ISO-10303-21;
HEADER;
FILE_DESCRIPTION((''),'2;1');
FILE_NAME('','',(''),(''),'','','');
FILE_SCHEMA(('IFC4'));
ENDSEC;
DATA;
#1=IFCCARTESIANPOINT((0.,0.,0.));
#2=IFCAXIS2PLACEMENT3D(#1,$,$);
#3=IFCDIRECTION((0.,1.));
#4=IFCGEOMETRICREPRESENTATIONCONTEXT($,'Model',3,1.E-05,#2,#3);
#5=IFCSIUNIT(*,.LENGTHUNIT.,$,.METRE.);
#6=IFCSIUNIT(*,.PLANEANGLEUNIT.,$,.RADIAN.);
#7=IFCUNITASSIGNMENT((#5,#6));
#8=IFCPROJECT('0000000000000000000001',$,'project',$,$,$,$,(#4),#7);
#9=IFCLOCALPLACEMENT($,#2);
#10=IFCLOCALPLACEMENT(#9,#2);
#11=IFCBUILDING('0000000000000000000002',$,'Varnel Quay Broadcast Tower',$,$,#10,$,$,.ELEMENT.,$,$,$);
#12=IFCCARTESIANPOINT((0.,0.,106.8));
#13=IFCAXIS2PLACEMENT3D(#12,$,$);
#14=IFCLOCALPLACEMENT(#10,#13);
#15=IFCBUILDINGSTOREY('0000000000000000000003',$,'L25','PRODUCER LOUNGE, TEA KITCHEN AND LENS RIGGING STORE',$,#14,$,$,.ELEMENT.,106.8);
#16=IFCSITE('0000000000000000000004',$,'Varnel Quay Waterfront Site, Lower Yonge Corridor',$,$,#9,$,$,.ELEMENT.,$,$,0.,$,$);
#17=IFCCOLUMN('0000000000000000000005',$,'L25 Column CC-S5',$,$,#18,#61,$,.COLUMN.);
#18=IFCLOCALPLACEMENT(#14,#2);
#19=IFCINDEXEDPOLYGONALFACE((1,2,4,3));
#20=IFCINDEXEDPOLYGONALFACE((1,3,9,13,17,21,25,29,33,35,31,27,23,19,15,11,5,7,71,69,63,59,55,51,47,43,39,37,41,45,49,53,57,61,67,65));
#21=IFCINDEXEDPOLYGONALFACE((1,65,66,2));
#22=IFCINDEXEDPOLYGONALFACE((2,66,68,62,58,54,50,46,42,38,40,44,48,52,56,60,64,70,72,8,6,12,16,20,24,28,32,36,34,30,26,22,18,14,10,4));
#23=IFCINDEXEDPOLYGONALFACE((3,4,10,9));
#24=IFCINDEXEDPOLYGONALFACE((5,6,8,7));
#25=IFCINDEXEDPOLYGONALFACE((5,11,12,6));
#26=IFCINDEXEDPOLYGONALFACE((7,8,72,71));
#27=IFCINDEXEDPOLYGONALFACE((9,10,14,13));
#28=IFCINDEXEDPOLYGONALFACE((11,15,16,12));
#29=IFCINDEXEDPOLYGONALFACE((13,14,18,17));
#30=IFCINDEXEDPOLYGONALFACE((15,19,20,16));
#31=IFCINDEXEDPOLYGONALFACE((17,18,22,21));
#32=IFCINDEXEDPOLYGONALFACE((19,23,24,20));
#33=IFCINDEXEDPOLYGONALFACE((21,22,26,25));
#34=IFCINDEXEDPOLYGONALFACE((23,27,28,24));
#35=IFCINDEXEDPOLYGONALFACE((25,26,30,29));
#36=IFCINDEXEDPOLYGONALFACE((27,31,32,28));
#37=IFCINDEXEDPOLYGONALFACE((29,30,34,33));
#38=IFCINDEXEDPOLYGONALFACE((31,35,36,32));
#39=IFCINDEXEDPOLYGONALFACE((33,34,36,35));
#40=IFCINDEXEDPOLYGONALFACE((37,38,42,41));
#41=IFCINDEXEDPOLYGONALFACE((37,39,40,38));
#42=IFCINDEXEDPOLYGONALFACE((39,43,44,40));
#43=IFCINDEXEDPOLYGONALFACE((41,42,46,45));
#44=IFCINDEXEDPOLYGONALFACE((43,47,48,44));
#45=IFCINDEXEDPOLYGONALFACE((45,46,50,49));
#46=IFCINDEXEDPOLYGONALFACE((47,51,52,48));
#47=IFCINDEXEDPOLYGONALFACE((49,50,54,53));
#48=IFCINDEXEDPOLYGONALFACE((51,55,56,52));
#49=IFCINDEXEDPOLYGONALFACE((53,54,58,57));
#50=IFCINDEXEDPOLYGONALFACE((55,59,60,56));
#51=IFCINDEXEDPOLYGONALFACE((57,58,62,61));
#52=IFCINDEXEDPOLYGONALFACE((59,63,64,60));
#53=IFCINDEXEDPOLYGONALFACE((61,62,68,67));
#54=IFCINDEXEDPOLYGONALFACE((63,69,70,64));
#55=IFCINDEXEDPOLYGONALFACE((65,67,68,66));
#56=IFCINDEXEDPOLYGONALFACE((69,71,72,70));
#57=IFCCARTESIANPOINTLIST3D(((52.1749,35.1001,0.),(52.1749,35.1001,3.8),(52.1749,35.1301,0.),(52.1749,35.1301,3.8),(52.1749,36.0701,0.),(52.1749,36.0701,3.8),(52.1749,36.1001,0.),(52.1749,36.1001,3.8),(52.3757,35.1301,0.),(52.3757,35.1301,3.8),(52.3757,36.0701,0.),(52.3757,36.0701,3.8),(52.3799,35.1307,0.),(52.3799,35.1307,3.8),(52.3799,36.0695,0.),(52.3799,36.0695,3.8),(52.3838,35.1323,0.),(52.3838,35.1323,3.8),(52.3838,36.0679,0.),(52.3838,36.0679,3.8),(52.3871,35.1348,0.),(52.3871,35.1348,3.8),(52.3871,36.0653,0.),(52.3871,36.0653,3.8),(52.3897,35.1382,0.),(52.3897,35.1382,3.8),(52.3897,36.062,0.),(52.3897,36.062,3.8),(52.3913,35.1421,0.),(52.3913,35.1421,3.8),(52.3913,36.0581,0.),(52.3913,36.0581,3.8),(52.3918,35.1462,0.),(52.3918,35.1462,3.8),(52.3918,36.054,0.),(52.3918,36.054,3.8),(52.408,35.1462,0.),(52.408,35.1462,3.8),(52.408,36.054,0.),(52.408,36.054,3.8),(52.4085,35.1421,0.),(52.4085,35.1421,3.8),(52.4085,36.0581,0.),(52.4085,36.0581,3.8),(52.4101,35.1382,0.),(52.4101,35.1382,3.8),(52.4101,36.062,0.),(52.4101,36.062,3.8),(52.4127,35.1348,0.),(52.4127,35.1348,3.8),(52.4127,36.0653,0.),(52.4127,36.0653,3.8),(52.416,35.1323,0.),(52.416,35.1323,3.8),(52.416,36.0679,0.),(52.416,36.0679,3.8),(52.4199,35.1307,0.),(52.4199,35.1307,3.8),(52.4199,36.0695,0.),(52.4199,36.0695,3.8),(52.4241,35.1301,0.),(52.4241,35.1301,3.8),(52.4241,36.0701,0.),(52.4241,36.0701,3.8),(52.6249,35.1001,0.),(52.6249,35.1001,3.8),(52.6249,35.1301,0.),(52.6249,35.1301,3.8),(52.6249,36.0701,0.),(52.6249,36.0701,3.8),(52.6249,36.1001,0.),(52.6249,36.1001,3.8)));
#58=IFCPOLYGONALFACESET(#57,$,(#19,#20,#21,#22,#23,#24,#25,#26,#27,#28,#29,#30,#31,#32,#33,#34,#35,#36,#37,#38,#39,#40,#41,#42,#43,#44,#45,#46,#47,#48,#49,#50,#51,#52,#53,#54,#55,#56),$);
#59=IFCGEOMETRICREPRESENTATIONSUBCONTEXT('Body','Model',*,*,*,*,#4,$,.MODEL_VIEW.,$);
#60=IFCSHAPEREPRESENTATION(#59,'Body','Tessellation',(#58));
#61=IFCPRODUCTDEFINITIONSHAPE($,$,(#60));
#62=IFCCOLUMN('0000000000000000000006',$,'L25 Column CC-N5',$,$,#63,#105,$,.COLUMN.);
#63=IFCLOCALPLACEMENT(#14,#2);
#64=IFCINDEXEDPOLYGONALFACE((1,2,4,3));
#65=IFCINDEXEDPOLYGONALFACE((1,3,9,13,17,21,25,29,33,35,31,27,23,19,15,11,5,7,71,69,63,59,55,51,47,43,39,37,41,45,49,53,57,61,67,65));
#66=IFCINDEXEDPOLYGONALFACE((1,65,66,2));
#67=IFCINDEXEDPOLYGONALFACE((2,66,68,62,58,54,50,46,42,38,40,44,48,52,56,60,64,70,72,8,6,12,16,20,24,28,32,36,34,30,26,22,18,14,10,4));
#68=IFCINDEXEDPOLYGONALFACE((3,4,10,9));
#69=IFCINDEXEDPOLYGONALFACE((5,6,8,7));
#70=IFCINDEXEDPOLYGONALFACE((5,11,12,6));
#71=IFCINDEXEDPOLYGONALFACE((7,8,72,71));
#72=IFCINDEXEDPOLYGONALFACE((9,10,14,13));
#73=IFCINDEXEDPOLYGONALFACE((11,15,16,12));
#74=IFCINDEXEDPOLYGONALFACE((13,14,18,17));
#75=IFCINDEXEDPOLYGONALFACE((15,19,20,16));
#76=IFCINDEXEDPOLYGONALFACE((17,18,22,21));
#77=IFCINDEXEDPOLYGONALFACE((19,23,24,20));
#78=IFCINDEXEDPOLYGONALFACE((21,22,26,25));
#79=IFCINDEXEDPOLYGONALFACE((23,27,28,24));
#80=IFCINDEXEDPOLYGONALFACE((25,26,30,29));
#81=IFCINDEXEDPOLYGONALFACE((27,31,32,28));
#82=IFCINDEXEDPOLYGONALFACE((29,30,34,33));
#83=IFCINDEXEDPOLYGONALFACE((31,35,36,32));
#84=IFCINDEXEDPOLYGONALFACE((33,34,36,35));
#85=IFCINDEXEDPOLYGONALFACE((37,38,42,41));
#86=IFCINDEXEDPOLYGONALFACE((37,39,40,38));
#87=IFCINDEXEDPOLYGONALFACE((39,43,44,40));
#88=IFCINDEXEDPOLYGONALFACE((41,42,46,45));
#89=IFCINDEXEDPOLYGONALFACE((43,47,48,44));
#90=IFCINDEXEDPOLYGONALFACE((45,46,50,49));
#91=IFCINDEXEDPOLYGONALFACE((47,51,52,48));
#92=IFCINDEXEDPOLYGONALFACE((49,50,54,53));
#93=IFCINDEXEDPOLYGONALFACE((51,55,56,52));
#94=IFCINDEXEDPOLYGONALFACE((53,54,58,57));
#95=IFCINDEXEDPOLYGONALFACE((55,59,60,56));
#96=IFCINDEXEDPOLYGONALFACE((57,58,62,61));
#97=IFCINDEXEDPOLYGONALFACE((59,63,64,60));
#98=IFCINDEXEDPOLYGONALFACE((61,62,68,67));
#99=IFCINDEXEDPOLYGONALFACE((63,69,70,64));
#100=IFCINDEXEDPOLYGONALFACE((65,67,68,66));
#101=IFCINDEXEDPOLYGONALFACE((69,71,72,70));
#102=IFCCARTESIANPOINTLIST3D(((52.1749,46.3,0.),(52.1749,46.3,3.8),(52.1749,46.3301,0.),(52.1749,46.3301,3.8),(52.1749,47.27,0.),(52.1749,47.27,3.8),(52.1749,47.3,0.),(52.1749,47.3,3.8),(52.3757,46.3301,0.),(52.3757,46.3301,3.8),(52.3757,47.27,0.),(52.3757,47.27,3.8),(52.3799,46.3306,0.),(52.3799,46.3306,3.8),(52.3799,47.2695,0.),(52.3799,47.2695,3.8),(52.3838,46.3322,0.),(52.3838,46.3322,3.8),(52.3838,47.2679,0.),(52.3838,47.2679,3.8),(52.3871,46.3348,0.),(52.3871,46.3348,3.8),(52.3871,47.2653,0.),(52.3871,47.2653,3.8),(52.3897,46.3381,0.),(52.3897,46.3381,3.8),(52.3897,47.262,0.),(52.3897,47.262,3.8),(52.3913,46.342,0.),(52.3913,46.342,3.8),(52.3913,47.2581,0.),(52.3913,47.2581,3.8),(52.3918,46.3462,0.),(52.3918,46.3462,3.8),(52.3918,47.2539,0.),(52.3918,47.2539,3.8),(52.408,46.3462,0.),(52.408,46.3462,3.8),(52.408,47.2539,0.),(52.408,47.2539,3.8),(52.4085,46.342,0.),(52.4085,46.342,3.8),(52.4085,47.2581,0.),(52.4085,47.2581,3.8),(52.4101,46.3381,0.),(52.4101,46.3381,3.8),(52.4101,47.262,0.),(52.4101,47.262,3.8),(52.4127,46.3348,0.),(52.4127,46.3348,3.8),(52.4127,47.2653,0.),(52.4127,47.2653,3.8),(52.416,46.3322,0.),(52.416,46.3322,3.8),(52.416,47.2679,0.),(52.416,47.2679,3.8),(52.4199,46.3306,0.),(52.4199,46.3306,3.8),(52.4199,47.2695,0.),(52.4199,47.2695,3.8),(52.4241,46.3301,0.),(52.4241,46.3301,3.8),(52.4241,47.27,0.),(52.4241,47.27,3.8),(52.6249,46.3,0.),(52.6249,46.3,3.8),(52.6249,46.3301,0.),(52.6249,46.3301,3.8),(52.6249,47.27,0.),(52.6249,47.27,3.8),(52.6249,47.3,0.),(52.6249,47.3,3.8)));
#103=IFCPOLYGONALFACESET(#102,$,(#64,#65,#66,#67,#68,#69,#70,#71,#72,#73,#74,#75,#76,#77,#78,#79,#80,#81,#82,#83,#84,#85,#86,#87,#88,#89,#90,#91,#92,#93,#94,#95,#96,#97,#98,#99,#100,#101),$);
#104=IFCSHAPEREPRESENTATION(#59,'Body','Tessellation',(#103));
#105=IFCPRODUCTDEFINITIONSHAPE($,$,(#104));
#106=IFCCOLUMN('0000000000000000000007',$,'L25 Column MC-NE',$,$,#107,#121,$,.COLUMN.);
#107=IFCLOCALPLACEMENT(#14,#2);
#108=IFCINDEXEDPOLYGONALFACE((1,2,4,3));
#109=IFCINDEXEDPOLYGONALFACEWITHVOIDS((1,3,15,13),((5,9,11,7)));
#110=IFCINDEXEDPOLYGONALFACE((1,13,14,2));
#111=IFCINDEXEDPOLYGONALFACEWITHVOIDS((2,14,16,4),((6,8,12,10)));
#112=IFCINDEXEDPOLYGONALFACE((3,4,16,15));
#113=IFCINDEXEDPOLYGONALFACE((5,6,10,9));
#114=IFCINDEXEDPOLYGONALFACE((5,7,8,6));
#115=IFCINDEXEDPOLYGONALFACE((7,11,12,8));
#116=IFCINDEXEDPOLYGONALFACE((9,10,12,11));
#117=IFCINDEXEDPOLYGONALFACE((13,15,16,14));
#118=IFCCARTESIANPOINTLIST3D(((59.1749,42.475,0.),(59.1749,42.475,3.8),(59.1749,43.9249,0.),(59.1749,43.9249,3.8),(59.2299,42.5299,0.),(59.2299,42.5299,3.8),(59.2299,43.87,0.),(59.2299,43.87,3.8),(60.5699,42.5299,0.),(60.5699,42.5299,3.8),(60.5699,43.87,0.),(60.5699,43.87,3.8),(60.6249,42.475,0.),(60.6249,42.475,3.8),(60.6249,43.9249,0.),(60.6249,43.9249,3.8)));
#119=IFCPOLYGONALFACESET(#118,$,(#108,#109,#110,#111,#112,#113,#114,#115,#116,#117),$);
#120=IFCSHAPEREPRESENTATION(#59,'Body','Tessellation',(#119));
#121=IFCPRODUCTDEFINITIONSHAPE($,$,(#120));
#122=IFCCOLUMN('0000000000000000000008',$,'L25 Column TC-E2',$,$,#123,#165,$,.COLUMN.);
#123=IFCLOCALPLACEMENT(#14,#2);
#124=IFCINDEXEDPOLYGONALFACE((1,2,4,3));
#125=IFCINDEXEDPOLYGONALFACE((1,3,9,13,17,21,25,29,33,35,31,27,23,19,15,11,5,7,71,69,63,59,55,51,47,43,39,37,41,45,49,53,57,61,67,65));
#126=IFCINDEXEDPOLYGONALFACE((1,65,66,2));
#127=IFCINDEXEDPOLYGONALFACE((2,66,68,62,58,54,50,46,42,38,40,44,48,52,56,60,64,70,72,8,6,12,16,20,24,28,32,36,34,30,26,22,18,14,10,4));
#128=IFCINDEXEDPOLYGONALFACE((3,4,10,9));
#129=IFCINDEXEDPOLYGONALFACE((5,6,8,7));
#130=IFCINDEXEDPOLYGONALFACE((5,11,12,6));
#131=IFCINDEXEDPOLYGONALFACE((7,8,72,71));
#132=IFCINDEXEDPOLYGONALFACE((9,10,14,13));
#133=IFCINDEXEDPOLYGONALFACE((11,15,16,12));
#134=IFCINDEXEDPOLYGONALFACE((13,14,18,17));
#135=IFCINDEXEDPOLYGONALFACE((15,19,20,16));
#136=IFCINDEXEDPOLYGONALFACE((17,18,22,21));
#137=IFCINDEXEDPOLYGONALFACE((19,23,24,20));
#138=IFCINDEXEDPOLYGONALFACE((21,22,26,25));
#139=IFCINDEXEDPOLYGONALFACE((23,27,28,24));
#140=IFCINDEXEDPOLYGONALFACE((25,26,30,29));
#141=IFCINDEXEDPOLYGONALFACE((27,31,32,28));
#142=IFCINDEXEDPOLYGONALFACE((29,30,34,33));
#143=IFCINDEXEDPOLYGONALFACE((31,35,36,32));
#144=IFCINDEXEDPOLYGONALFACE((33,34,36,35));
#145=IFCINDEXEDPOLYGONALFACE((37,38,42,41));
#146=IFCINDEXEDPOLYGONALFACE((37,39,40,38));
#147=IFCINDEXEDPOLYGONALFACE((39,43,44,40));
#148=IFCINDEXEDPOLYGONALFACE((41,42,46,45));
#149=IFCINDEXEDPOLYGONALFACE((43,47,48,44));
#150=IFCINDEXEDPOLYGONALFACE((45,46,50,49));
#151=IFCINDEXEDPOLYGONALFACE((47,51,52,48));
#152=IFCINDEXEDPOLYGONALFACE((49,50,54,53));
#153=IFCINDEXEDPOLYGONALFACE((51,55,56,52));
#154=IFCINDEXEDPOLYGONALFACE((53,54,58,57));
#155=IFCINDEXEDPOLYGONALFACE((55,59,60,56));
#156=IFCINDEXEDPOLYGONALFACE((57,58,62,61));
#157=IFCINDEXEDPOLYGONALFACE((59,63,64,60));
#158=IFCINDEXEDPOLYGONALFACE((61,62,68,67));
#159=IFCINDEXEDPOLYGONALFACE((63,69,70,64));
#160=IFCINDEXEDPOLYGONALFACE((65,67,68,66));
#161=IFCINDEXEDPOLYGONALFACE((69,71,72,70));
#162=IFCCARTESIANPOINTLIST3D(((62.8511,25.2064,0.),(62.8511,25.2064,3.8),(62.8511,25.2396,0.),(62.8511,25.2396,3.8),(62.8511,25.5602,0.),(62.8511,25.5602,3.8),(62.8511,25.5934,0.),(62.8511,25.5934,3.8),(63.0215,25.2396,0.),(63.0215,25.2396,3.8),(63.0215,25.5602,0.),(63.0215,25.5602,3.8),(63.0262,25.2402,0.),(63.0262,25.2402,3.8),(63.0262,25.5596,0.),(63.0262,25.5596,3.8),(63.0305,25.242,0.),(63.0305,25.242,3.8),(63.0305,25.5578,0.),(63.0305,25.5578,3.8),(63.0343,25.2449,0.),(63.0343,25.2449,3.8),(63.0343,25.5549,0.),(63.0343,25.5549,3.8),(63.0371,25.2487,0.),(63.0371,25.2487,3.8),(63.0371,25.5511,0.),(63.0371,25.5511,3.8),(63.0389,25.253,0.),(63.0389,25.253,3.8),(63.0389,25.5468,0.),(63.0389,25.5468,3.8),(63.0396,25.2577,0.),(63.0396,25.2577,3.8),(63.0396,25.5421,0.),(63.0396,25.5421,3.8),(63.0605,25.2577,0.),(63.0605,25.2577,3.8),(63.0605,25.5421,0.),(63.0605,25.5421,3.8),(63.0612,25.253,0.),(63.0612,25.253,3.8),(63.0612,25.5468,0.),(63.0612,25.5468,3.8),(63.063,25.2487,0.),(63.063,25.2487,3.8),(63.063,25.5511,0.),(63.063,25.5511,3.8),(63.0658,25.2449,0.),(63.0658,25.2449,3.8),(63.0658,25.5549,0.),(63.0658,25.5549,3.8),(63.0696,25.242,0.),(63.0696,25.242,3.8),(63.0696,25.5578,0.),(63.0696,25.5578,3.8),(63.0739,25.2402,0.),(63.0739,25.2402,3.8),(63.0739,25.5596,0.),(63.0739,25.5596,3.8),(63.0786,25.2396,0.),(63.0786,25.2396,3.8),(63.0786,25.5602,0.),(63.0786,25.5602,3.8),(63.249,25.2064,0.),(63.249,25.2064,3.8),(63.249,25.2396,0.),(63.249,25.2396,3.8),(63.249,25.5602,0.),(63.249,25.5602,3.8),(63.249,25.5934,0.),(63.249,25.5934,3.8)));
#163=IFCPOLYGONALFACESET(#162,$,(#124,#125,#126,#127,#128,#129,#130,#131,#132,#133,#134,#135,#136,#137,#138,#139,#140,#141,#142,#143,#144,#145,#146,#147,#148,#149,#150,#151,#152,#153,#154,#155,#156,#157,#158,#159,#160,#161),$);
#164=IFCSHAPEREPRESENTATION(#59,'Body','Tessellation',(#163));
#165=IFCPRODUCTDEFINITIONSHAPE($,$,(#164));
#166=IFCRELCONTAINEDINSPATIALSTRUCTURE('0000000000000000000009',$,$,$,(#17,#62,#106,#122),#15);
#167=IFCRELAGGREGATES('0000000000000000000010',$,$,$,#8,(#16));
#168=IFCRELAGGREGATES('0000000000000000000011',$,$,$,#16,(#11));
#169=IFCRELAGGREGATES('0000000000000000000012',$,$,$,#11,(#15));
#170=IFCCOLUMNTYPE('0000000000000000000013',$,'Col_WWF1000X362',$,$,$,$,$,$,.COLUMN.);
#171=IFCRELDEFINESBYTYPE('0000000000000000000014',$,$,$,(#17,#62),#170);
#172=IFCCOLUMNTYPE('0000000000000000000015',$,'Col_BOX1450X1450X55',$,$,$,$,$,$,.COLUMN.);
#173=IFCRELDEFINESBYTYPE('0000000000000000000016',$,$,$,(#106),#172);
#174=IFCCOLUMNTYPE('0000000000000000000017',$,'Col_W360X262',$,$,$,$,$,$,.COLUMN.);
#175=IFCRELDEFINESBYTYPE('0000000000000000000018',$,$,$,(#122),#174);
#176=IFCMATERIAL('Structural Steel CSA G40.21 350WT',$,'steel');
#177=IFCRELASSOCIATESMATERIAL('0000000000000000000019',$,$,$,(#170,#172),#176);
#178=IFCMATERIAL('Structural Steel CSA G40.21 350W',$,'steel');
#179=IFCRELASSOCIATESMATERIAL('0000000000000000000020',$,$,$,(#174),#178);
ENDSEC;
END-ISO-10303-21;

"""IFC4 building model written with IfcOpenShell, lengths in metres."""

from ifc_helpers import new_model, si_unit, direction, frame, origin, origin_2d, place, context, subcontext, project, spatial, hollow_rectangle, i_section, extrude, source, transform, mapped, material, material_profile, profile_set, type_object, type_shapes, element, save


model = new_model("IFC4")

# Units and contexts
model_context = context("Model", 3, precision=1e-05, world=origin(), true_north=direction((0.0, 1.0)))
body_context = subcontext(model_context, "Body", "Model", "MODEL_VIEW")
ifc_project = project(units=[si_unit("LENGTHUNIT", "METRE"), si_unit("PLANEANGLEUNIT", "RADIAN")], contexts=[model_context])

# Site, building, storey
site_placement = place(None, origin())
site = spatial("IfcSite", under=ifc_project, at=site_placement, Name="Varnel Quay Waterfront Site, Lower Yonge Corridor", CompositionType="ELEMENT", RefElevation=0.0)
building_placement = place(site_placement, origin())
building = spatial("IfcBuilding", under=site, at=building_placement, Name="Varnel Quay Broadcast Tower", CompositionType="ELEMENT")
storey_placement = place(building_placement, frame((0.0, 0.0, 106.8)))
storey = spatial("IfcBuildingStorey", under=building, at=storey_placement, Name="L25", Description="PRODUCER LOUNGE, TEA KITCHEN AND LENS RIGGING STORE", CompositionType="ELEMENT", Elevation=106.8)

# Columns
ifc_material_1 = material(Name="Structural Steel CSA G40.21 350WT", Category="steel")
ifc_material_profile_1 = material_profile(ifc_material_1, i_section(OverallWidth=0.45, OverallDepth=1.0, WebThickness=0.0161, FlangeThickness=0.03, FilletRadius=0.0161, at=origin_2d()), Name="WWF1000X362")
ifc_profile_set_1 = profile_set([ifc_material_profile_1], Name="Structural Steel CSA G40.21 350WT")
column_type_1 = type_object("IfcColumnType", Name="Col_WWF1000X362", PredefinedType="COLUMN", material=ifc_profile_set_1)
shared_shape_1 = source(origin(), body_context, "Body", "SweptSolid", [
    extrude(i_section(OverallWidth=0.45, OverallDepth=1.0, WebThickness=0.0161, FlangeThickness=0.03, FilletRadius=0.0161, at=origin_2d()), origin(), (0.0, 0.0, 1.0), 3.8),
])
type_shapes(column_type_1, [shared_shape_1])
for number, where, z_axis, x_axis, name in (
    (1, (52.3999, 35.6001, 0.0), (0.0, 0.0, 1.0), (1.0, 0.0, 0.0), "L25 Column CC-S5"),
    (2, (52.3999, 46.8, 0.0), (0.0, 0.0, 1.0), (1.0, 0.0, 0.0), "L25 Column CC-N5"),
):
    element("IfcColumn", number, at=place(storey_placement, frame(where, z_axis=z_axis, x_axis=x_axis)), inside=storey, type_object=column_type_1, Name=name, PredefinedType="COLUMN", context=body_context, shape_type="MappedRepresentation", body=[
        mapped(shared_shape_1, transform((0.0, 0.0, 0.0), x_axis=(1.0, 0.0, 0.0), y_axis=(0.0, 1.0, 0.0), z_axis=(0.0, 0.0, 1.0), scale=1.0)),
    ])
ifc_material_profile_2 = material_profile(ifc_material_1, hollow_rectangle(XDim=1.45, YDim=1.45, WallThickness=0.0549, at=origin_2d()), Name="BOX1450X1450X55")
ifc_profile_set_2 = profile_set([ifc_material_profile_2], Name="Structural Steel CSA G40.21 350WT")
column_type_2 = type_object("IfcColumnType", Name="Col_BOX1450X1450X55", PredefinedType="COLUMN", material=ifc_profile_set_2)
shared_shape_2 = source(origin(), body_context, "Body", "SweptSolid", [
    extrude(hollow_rectangle(XDim=1.45, YDim=1.45, WallThickness=0.0549, at=origin_2d()), origin(), (0.0, 0.0, 1.0), 3.8),
])
type_shapes(column_type_2, [shared_shape_2])
column_placement = place(storey_placement, frame((59.8999, 43.2, 0.0), z_axis=(0.0, 0.0, 1.0), x_axis=(1.0, 0.0, 0.0)))
element("IfcColumn", 3, at=column_placement, inside=storey, type_object=column_type_2, Name="L25 Column MC-NE", PredefinedType="COLUMN", context=body_context, shape_type="MappedRepresentation", body=[
    mapped(shared_shape_2, transform((0.0, 0.0, 0.0), x_axis=(1.0, 0.0, 0.0), y_axis=(0.0, 1.0, 0.0), z_axis=(0.0, 0.0, 1.0), scale=1.0)),
])
ifc_material_2 = material(Name="Structural Steel CSA G40.21 350W", Category="steel")
ifc_material_profile_3 = material_profile(ifc_material_2, i_section(OverallWidth=0.3979, OverallDepth=0.387, WebThickness=0.021, FlangeThickness=0.0332, FilletRadius=0.0181, at=origin_2d()), Name="W360X262")
ifc_profile_set_3 = profile_set([ifc_material_profile_3], Name="Structural Steel CSA G40.21 350W")
column_type_3 = type_object("IfcColumnType", Name="Col_W360X262", PredefinedType="COLUMN", material=ifc_profile_set_3)
shared_shape_3 = source(origin(), body_context, "Body", "SweptSolid", [
    extrude(i_section(OverallWidth=0.3979, OverallDepth=0.387, WebThickness=0.021, FlangeThickness=0.0332, FilletRadius=0.0181, at=origin_2d()), origin(), (0.0, 0.0, 1.0), 3.8),
])
type_shapes(column_type_3, [shared_shape_3])
for number, where, z_axis, x_axis, name in (
    (4, (63.05, 25.3999, 0.0), (0.0, 0.0, 1.0), (1.0, 0.0, 0.0), "L25 Column TC-E2"),
):
    element("IfcColumn", number, at=place(storey_placement, frame(where, z_axis=z_axis, x_axis=x_axis)), inside=storey, type_object=column_type_3, Name=name, PredefinedType="COLUMN", context=body_context, shape_type="MappedRepresentation", body=[
        mapped(shared_shape_3, transform((0.0, 0.0, 0.0), x_axis=(1.0, 0.0, 0.0), y_axis=(0.0, 1.0, 0.0), z_axis=(0.0, 0.0, 1.0), scale=1.0)),
    ])

save(model, "model.ifc")
